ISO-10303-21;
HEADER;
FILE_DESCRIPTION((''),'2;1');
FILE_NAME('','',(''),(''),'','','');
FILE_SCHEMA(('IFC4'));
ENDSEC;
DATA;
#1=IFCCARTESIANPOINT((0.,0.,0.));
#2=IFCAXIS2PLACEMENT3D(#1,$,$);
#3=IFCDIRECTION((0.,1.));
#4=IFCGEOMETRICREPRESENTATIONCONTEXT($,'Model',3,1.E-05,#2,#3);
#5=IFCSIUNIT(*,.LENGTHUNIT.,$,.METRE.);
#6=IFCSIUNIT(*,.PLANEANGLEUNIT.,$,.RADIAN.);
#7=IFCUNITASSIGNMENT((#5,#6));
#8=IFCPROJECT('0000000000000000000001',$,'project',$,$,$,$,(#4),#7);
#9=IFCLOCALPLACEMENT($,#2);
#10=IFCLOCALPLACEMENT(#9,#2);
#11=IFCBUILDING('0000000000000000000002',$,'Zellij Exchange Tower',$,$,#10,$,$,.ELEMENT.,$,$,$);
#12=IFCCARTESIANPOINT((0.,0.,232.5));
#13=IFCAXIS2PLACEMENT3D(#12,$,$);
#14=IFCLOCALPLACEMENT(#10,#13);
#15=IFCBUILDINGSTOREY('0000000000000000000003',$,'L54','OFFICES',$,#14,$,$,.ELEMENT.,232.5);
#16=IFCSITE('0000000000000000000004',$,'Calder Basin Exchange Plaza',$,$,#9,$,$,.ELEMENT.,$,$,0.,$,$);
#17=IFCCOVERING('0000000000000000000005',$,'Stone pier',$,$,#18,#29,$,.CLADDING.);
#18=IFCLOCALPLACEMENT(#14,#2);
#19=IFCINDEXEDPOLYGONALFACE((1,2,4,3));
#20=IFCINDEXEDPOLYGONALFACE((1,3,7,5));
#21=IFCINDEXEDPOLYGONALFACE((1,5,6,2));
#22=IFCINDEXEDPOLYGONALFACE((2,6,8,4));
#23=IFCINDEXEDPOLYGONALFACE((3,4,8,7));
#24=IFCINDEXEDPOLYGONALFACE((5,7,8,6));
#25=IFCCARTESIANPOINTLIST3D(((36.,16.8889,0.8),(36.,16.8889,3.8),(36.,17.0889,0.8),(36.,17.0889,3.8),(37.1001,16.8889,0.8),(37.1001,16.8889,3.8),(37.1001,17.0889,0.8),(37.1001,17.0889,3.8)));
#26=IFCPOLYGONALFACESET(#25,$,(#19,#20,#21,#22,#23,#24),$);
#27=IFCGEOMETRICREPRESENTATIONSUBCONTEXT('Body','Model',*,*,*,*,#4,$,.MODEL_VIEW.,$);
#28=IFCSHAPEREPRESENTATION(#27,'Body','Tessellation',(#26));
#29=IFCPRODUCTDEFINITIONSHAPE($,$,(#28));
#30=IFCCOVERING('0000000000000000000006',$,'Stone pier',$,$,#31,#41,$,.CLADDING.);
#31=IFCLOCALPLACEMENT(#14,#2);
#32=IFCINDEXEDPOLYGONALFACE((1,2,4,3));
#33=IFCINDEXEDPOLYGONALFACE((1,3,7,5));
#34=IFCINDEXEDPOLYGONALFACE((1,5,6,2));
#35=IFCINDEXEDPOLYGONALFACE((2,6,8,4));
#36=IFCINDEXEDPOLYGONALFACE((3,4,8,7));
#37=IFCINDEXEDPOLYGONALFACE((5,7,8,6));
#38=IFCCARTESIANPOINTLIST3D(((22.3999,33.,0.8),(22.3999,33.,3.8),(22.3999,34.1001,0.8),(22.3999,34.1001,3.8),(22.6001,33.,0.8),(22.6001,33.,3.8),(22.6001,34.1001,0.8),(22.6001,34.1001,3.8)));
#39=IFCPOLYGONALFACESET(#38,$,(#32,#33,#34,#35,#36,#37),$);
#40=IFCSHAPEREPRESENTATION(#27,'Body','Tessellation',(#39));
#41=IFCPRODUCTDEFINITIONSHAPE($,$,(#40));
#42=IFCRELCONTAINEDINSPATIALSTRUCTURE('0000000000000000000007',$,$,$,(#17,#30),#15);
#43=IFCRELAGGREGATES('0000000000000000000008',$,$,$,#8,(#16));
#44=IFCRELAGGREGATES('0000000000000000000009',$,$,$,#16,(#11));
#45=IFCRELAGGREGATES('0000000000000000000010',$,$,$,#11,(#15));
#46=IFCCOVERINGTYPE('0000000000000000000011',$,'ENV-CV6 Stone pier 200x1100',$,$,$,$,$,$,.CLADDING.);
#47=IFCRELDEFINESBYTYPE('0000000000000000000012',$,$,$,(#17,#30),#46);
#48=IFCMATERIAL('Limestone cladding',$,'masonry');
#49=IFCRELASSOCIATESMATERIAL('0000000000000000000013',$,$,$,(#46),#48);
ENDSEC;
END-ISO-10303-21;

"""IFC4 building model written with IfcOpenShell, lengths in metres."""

from ifc_helpers import new_model, si_unit, direction, frame, origin, place, context, subcontext, project, spatial, polyline, outline, extrude, material, type_object, element, save


model = new_model("IFC4")

# Units and contexts
model_context = context("Model", 3, precision=1e-05, world=origin(), true_north=direction((0.0, 1.0)))
body_context = subcontext(model_context, "Body", "Model", "MODEL_VIEW")
ifc_project = project(units=[si_unit("LENGTHUNIT", "METRE"), si_unit("PLANEANGLEUNIT", "RADIAN")], contexts=[model_context])

# Site, building, storey
site_placement = place(None, origin())
site = spatial("IfcSite", under=ifc_project, at=site_placement, Name="Calder Basin Exchange Plaza", CompositionType="ELEMENT", RefElevation=0.0)
building_placement = place(site_placement, origin())
building = spatial("IfcBuilding", under=site, at=building_placement, Name="Zellij Exchange Tower", CompositionType="ELEMENT")
storey_placement = place(building_placement, frame((0.0, 0.0, 232.5)))
storey = spatial("IfcBuildingStorey", under=building, at=storey_placement, Name="L54", Description="OFFICES", CompositionType="ELEMENT", Elevation=232.5)

# Coverings
ifc_material_1 = material(Name="Limestone cladding", Category="masonry")
covering_type = type_object("IfcCoveringType", Name="ENV-CV6 Stone pier 200x1100", PredefinedType="CLADDING", material=ifc_material_1)
covering_1_placement = place(storey_placement, frame((0.0, 0.0, 0.8)))
element("IfcCovering", 1, at=covering_1_placement, inside=storey, type_object=covering_type, Name="Stone pier", PredefinedType="CLADDING", context=body_context, shape_type="SweptSolid", body=[
    extrude(outline(polyline([(36.0, 16.8889), (36.0, 17.0889), (37.1001, 17.0889), (37.1001, 16.8889), (36.0, 16.8889)])), origin(), (0.0, 0.0, 1.0), 3.0),
])
covering_2_placement = place(storey_placement, frame((0.0, 0.0, 0.8)))
element("IfcCovering", 2, at=covering_2_placement, inside=storey, type_object=covering_type, Name="Stone pier", PredefinedType="CLADDING", context=body_context, shape_type="SweptSolid", body=[
    extrude(outline(polyline([(22.6001, 33.0), (22.3999, 33.0), (22.3999, 34.1001), (22.6001, 34.1001), (22.6001, 33.0)])), origin(), (0.0, 0.0, 1.0), 3.0),
])

save(model, "model.ifc")
